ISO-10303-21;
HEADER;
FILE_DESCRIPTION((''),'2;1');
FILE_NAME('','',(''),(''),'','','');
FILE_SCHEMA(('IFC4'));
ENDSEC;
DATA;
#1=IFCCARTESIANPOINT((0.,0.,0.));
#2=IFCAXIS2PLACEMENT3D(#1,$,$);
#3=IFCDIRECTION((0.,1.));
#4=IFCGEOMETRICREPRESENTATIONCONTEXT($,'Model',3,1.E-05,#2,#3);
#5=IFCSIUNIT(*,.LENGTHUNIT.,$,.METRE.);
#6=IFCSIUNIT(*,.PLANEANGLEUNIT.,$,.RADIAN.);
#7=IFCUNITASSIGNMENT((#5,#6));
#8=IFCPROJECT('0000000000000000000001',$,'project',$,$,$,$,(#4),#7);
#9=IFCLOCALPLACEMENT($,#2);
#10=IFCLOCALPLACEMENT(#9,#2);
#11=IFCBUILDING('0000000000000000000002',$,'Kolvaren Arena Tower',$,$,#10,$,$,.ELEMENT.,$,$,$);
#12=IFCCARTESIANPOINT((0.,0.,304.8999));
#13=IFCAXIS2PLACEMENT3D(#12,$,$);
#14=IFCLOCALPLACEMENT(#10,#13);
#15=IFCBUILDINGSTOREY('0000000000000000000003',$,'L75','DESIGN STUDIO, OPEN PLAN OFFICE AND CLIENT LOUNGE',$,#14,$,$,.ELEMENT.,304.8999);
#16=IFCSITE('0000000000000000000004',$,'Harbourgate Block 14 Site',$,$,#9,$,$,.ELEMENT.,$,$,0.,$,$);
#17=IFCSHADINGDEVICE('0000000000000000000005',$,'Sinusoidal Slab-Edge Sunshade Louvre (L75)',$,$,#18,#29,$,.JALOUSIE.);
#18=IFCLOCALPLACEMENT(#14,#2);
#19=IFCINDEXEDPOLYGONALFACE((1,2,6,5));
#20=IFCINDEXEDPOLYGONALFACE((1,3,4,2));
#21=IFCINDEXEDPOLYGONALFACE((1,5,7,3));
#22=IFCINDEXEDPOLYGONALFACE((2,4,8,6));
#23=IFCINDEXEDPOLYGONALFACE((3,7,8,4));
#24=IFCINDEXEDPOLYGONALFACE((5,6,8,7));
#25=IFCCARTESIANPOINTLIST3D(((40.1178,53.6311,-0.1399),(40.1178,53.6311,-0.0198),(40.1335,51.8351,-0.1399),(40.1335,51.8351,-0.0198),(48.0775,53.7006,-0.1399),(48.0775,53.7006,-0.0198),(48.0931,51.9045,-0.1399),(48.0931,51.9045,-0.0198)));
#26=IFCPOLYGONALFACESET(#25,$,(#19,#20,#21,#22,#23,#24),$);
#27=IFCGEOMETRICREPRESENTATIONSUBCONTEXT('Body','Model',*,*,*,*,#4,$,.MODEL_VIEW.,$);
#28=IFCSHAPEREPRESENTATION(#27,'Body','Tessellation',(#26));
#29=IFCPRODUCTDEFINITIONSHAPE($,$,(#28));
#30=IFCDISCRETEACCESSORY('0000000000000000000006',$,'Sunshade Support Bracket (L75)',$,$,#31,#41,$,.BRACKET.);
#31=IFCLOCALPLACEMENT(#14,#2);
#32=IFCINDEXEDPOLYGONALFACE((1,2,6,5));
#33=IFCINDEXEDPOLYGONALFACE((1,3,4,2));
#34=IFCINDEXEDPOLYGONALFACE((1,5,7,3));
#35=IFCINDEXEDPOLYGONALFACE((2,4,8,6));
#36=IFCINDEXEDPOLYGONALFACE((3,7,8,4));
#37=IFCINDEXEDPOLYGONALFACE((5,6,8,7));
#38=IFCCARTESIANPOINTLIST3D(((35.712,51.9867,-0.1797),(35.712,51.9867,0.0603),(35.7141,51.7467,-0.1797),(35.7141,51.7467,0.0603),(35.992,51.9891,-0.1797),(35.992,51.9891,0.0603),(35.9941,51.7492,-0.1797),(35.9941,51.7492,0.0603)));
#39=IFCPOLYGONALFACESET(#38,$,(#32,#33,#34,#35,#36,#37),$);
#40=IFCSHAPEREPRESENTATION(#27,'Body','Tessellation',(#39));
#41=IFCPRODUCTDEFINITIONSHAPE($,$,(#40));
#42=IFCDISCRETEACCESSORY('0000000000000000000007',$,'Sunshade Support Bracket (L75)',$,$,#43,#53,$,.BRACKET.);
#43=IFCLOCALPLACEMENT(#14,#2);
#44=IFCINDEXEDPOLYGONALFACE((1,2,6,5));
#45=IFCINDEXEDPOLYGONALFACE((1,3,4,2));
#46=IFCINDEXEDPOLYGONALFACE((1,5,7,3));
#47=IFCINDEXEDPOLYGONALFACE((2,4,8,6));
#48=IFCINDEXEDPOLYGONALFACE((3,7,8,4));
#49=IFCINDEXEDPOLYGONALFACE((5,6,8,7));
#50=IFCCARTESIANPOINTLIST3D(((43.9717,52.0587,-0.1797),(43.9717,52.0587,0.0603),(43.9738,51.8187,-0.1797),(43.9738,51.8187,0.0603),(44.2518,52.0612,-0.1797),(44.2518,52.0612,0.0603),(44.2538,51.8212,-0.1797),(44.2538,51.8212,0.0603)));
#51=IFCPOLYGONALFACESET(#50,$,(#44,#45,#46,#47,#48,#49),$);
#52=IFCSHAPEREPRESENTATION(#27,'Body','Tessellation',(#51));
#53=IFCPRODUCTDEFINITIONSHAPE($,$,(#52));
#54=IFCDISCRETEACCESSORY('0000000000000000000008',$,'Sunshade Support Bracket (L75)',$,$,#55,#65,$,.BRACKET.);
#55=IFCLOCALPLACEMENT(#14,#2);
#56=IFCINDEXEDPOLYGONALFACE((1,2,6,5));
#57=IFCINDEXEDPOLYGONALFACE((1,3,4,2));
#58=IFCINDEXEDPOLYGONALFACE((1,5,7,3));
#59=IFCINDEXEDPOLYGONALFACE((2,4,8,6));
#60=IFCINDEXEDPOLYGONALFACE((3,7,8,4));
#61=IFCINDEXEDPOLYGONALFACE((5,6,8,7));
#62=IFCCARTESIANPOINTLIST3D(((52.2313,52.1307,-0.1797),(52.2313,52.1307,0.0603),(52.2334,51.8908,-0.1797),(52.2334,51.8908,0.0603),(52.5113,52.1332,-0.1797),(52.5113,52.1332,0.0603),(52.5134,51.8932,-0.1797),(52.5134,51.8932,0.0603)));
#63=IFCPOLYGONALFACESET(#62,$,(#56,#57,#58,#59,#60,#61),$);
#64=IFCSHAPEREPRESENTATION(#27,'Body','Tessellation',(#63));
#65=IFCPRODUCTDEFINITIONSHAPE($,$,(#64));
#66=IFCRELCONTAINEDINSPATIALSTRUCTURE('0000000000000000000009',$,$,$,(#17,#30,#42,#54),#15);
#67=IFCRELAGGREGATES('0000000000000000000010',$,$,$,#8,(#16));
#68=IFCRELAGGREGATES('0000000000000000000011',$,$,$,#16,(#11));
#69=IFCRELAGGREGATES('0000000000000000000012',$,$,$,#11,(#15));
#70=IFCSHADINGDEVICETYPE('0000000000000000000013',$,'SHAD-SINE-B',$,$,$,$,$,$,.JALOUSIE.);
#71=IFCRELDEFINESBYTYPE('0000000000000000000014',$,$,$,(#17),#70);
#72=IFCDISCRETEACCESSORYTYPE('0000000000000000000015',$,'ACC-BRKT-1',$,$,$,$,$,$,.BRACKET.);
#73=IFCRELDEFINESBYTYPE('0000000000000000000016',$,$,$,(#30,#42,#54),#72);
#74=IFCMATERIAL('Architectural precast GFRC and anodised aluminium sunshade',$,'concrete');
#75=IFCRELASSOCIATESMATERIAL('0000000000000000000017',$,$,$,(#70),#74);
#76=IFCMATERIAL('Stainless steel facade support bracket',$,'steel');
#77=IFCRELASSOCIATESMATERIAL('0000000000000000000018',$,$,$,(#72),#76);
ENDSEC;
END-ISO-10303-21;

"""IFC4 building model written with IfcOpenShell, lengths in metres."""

from ifc_helpers import new_model, si_unit, direction, frame, origin, origin_2d, place, context, subcontext, project, spatial, rectangle, extrude, material, type_object, element, save


model = new_model("IFC4")

# Units and contexts
model_context = context("Model", 3, precision=1e-05, world=origin(), true_north=direction((0.0, 1.0)))
body_context = subcontext(model_context, "Body", "Model", "MODEL_VIEW")
ifc_project = project(units=[si_unit("LENGTHUNIT", "METRE"), si_unit("PLANEANGLEUNIT", "RADIAN")], contexts=[model_context])

# Site, building, storey
site_placement = place(None, origin())
site = spatial("IfcSite", under=ifc_project, at=site_placement, Name="Harbourgate Block 14 Site", CompositionType="ELEMENT", RefElevation=0.0)
building_placement = place(site_placement, origin())
building = spatial("IfcBuilding", under=site, at=building_placement, Name="Kolvaren Arena Tower", CompositionType="ELEMENT")
storey_placement = place(building_placement, frame((0.0, 0.0, 304.8999)))
storey = spatial("IfcBuildingStorey", under=building, at=storey_placement, Name="L75", Description="DESIGN STUDIO, OPEN PLAN OFFICE AND CLIENT LOUNGE", CompositionType="ELEMENT", Elevation=304.8999)

# Shading device
ifc_material_1 = material(Name="Architectural precast GFRC and anodised aluminium sunshade", Category="concrete")
shading_device_type_1 = type_object("IfcShadingDeviceType", Name="SHAD-SINE-B", PredefinedType="JALOUSIE", material=ifc_material_1)
shading_device_1_placement = place(storey_placement, frame((44.1055, 52.7678, -0.1399), z_axis=(0.0, 0.0, 1.0), x_axis=(0.999962, 0.008727, 0.0)))
element("IfcShadingDevice", 1, at=shading_device_1_placement, inside=storey, type_object=shading_device_type_1, Name="Sinusoidal Slab-Edge Sunshade Louvre (L75)", PredefinedType="JALOUSIE", context=body_context, shape_type="SweptSolid", body=[
    extrude(rectangle(XDim=7.96, YDim=1.7961, at=origin_2d()), origin(), (0.0, 0.0, 1.0), 0.1201),
])

# Discrete accessories
ifc_material_2 = material(Name="Stainless steel facade support bracket", Category="steel")
discrete_accessory_type = type_object("IfcDiscreteAccessoryType", Name="ACC-BRKT-1", PredefinedType="BRACKET", material=ifc_material_2)
for number, where, z_axis, x_axis, name in (
    (2, (35.853, 51.8679, -0.1797), (0.0, 0.0, 1.0), (0.999962, 0.008727, 0.0), "Sunshade Support Bracket (L75)"),
    (3, (44.1128, 51.9399, -0.1797), (0.0, 0.0, 1.0), (0.999962, 0.008727, 0.0), "Sunshade Support Bracket (L75)"),
    (4, (52.3723, 52.012, -0.1797), (0.0, 0.0, 1.0), (0.999962, 0.008727, 0.0), "Sunshade Support Bracket (L75)"),
):
    element("IfcDiscreteAccessory", number, at=place(storey_placement, frame(where, z_axis=z_axis, x_axis=x_axis)), inside=storey, type_object=discrete_accessory_type, Name=name, PredefinedType="BRACKET", context=body_context, shape_type="SweptSolid", body=[
        extrude(rectangle(XDim=0.28, YDim=0.24, at=origin_2d()), origin(), (0.0, 0.0, 1.0), 0.24),
    ])

save(model, "model.ifc")
